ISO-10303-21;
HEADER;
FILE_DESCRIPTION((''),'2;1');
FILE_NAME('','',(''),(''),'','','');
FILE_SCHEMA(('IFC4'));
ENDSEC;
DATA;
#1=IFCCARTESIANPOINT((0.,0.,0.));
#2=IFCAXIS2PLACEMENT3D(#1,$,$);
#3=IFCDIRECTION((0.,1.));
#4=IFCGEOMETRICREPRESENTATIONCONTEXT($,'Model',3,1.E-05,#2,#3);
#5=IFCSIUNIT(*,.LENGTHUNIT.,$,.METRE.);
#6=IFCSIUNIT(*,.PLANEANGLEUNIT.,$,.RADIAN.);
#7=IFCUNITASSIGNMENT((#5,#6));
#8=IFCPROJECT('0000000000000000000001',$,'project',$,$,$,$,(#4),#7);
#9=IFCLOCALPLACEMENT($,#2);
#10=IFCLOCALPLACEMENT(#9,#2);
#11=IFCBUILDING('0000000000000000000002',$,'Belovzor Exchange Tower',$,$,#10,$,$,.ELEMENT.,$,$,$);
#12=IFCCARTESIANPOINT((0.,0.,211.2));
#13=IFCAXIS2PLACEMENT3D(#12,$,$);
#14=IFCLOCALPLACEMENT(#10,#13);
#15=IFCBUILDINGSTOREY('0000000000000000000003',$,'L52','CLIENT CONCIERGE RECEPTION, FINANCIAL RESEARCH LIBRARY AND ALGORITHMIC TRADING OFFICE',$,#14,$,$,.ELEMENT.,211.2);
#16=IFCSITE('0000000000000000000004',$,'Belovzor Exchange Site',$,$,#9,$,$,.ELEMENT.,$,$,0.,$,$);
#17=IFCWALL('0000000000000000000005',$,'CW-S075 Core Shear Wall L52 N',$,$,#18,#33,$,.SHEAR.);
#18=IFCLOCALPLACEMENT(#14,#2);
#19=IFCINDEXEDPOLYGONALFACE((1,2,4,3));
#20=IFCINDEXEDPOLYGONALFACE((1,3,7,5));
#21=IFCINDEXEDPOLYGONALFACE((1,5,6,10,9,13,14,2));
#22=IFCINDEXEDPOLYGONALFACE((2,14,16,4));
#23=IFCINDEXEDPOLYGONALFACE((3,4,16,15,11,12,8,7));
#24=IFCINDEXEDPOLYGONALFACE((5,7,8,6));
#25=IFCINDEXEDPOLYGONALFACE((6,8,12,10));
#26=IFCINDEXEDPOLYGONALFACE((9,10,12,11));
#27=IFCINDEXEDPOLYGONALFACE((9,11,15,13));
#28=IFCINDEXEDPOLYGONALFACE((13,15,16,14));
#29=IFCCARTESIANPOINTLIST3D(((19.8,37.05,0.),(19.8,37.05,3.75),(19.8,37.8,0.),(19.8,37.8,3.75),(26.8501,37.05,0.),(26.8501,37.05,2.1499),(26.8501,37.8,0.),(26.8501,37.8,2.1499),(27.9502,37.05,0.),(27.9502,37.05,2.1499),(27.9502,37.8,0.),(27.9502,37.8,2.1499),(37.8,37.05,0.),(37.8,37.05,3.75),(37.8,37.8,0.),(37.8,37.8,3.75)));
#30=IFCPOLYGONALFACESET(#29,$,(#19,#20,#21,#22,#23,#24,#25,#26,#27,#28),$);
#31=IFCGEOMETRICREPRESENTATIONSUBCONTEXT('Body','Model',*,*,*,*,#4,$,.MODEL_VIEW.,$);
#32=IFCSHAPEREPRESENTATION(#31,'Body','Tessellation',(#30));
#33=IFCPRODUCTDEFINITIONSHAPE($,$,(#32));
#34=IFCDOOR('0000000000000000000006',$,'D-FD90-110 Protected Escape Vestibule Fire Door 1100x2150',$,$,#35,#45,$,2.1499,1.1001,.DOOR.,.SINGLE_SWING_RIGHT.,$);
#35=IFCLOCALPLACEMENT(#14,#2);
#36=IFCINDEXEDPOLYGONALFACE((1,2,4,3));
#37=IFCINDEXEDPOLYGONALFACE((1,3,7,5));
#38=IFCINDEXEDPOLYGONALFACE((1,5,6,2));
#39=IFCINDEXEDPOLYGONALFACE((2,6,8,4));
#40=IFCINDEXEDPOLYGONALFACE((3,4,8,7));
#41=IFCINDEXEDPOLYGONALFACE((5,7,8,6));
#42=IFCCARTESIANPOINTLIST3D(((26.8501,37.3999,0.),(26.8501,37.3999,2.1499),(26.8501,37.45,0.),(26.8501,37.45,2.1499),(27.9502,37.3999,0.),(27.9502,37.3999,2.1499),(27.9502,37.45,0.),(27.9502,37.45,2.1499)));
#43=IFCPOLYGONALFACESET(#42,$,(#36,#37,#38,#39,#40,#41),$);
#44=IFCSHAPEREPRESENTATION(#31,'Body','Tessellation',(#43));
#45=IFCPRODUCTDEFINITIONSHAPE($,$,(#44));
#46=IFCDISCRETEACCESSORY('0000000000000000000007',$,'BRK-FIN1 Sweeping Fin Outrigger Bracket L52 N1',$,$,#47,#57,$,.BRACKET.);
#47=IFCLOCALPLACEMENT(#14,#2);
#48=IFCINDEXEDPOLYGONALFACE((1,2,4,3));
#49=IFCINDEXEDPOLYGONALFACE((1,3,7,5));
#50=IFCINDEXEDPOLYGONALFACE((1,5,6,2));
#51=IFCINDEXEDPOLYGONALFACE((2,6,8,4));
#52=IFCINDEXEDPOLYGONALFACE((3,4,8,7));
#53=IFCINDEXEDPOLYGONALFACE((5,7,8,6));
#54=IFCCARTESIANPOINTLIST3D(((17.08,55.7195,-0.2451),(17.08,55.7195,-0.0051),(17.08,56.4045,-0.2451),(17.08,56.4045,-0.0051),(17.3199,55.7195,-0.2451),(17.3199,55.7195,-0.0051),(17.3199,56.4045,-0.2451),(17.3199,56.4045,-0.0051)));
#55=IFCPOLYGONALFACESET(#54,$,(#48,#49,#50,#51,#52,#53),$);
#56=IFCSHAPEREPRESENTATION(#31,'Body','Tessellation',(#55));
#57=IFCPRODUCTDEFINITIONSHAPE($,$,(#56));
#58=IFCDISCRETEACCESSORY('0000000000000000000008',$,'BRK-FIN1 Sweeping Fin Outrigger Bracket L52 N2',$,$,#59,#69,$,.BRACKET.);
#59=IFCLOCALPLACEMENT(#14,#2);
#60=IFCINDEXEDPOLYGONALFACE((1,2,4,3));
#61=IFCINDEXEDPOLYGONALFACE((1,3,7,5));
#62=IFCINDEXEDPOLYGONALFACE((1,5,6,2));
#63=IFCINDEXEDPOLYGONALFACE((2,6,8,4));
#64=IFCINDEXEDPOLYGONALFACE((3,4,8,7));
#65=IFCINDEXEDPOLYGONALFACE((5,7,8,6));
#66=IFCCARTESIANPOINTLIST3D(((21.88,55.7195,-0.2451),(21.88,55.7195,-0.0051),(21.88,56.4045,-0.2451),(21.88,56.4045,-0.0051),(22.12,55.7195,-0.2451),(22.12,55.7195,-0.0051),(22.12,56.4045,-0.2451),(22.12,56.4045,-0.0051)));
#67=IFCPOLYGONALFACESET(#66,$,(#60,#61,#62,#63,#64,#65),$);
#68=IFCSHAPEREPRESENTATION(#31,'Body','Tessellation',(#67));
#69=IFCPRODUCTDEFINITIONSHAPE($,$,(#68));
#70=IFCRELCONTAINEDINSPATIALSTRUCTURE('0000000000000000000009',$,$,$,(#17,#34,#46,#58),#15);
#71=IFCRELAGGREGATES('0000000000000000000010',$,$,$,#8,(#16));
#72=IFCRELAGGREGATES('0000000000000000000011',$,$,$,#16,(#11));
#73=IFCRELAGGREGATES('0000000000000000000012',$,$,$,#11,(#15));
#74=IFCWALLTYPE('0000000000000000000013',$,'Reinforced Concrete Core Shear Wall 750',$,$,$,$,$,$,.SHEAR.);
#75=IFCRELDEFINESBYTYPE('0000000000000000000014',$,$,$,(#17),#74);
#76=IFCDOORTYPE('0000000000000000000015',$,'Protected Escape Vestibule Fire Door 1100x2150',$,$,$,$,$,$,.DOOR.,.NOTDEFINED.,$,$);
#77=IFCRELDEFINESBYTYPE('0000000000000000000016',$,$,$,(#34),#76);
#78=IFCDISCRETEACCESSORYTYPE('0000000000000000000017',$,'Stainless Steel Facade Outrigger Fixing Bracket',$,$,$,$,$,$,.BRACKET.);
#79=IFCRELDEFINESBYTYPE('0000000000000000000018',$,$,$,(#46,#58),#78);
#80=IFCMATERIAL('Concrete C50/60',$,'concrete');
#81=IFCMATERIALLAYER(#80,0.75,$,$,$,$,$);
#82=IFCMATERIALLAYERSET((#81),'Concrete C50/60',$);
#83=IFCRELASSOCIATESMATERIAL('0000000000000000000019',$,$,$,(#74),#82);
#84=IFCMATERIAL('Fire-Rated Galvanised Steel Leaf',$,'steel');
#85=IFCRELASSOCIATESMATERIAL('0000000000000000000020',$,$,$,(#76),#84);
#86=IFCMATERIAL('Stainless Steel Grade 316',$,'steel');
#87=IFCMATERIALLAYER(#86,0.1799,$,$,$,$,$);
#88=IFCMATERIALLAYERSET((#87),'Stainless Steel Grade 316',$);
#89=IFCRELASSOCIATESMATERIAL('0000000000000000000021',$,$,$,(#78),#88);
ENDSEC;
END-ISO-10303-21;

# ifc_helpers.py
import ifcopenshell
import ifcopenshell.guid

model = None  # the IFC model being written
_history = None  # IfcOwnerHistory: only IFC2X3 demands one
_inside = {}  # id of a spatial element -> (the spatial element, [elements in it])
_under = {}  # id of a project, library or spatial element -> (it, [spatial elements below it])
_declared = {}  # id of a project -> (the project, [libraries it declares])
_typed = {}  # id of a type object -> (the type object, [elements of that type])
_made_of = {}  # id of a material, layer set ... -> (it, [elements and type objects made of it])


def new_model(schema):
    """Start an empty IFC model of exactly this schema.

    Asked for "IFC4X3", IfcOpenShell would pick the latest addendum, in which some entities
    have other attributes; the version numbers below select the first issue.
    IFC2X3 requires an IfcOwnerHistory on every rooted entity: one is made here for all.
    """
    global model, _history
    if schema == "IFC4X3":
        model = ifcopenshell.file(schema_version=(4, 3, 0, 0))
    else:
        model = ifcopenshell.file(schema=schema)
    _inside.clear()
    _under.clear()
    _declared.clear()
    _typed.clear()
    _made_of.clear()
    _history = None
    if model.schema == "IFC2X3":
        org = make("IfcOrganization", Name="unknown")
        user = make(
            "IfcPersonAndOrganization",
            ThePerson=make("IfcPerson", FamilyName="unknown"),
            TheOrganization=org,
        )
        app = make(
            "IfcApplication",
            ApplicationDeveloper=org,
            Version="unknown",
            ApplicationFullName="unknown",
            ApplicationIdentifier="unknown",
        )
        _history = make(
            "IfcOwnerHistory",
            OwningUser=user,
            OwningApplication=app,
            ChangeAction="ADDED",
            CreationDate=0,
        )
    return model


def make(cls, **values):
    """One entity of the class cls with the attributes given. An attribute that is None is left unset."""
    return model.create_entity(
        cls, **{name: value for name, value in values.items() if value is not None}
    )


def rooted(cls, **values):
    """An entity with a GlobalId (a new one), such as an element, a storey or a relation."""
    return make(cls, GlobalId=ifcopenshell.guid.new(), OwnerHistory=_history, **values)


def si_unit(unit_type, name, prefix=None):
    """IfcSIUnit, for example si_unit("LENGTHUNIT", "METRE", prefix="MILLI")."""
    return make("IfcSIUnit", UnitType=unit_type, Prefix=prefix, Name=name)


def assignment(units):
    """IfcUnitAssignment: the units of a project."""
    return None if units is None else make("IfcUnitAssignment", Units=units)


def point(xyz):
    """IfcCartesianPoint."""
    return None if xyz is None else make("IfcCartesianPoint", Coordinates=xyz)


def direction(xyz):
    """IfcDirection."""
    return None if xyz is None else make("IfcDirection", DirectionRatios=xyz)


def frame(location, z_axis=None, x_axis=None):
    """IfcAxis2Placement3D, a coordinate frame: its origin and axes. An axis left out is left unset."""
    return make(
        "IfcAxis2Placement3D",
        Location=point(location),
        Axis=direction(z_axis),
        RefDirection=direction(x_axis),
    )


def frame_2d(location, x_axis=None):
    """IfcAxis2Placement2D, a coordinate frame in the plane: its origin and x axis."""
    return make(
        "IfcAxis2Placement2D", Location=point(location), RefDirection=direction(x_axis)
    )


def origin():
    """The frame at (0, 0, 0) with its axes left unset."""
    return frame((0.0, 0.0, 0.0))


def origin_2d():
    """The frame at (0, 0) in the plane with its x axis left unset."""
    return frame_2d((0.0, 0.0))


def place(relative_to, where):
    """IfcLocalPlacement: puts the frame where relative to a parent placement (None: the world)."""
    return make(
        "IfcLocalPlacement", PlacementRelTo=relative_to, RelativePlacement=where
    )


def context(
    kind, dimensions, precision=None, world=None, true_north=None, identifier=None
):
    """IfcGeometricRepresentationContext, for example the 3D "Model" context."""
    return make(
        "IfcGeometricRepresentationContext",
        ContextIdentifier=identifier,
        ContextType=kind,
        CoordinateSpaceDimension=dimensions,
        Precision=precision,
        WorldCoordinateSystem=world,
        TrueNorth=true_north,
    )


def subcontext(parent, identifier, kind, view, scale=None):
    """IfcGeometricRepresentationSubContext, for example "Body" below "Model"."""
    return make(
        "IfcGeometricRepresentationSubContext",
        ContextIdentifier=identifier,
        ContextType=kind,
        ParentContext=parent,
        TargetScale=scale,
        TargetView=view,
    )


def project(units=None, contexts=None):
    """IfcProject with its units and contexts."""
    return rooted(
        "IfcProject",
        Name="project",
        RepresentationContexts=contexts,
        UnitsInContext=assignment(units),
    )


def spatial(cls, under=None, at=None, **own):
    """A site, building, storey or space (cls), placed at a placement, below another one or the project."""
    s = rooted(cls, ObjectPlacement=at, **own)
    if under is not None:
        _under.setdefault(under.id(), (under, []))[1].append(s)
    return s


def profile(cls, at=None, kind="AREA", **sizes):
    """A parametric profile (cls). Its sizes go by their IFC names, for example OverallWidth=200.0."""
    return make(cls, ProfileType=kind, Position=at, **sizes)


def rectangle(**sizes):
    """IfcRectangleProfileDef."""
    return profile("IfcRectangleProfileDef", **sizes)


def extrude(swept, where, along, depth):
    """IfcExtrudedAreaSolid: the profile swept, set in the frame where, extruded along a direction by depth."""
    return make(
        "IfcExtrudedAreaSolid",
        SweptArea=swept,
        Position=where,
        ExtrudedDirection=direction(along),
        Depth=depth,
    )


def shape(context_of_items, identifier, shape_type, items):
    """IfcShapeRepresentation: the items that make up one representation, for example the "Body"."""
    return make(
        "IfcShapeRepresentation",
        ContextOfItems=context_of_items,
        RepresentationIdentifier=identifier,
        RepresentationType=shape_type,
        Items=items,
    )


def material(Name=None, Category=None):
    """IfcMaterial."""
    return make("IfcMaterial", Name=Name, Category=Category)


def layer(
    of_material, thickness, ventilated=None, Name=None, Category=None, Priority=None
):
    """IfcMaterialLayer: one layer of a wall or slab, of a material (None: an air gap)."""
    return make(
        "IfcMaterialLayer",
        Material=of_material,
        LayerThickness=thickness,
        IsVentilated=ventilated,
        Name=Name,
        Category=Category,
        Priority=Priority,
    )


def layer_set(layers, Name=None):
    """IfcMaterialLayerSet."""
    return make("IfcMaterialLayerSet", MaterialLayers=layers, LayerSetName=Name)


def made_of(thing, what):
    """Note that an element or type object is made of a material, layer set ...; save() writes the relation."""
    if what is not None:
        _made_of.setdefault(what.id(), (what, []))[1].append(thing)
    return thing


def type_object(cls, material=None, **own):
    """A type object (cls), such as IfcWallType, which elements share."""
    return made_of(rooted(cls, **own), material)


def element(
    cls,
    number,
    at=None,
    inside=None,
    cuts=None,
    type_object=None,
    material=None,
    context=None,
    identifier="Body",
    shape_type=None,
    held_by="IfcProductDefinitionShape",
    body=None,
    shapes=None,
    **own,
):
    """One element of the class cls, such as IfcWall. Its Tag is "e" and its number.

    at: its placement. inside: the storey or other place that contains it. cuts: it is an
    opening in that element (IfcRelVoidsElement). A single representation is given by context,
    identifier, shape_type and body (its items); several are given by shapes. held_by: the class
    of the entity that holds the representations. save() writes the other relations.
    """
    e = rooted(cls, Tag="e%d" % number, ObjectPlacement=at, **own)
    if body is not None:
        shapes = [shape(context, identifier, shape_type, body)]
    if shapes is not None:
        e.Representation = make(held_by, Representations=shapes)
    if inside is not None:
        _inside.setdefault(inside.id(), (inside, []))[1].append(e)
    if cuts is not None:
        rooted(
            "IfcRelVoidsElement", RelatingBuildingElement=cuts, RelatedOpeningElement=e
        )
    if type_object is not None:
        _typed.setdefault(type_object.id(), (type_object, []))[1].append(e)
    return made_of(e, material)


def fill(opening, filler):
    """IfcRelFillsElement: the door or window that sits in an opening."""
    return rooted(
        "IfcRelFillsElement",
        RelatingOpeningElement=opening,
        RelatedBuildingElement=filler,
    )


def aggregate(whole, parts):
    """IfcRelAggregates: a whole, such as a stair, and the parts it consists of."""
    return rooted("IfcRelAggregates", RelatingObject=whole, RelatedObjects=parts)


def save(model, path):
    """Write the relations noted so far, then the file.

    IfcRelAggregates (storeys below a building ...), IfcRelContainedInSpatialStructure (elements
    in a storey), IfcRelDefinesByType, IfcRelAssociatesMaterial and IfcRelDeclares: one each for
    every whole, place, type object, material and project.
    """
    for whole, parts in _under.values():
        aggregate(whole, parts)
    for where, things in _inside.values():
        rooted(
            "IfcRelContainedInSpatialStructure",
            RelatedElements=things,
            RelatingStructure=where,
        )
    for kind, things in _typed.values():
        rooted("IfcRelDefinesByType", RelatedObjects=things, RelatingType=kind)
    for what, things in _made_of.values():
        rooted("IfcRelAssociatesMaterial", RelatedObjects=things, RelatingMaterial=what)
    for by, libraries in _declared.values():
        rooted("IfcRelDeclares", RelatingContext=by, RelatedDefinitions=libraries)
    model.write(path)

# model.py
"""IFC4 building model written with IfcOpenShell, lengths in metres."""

from ifc_helpers import new_model, si_unit, direction, frame, frame_2d, origin, origin_2d, place, context, subcontext, project, spatial, rectangle, extrude, material, layer, layer_set, type_object, element, fill, save


model = new_model("IFC4")

# Units and contexts
model_context = context("Model", 3, precision=1e-05, world=origin(), true_north=direction((0.0, 1.0)))
body_context = subcontext(model_context, "Body", "Model", "MODEL_VIEW")
ifc_project = project(units=[si_unit("LENGTHUNIT", "METRE"), si_unit("PLANEANGLEUNIT", "RADIAN")], contexts=[model_context])

# Site, building, storey
site_placement = place(None, origin())
site = spatial("IfcSite", under=ifc_project, at=site_placement, Name="Belovzor Exchange Site", CompositionType="ELEMENT", RefElevation=0.0)
building_placement = place(site_placement, origin())
building = spatial("IfcBuilding", under=site, at=building_placement, Name="Belovzor Exchange Tower", CompositionType="ELEMENT")
storey_placement = place(building_placement, frame((0.0, 0.0, 211.2)))
storey = spatial("IfcBuildingStorey", under=building, at=storey_placement, Name="L52", Description="CLIENT CONCIERGE RECEPTION, FINANCIAL RESEARCH LIBRARY AND ALGORITHMIC TRADING OFFICE", CompositionType="ELEMENT", Elevation=211.2)

# Wall, opening, door
ifc_material_1 = material(Name="Concrete C50/60", Category="concrete")
ifc_layer_1 = layer(ifc_material_1, 0.75)
ifc_layer_set_1 = layer_set([ifc_layer_1], Name="Concrete C50/60")
wall_type_1 = type_object("IfcWallType", Name="Reinforced Concrete Core Shear Wall 750", PredefinedType="SHEAR", material=ifc_layer_set_1)
wall_1_placement = place(storey_placement, frame((19.8, 37.425, 0.0), z_axis=(0.0, 0.0, 1.0), x_axis=(1.0, 0.0, 0.0)))
wall_1 = element("IfcWall", 1, at=wall_1_placement, inside=storey, type_object=wall_type_1, Name="CW-S075 Core Shear Wall L52 N", PredefinedType="SHEAR", context=body_context, shape_type="SweptSolid", body=[
    extrude(rectangle(XDim=18.0, YDim=0.75, at=frame_2d((9.0, 0.0))), origin(), (0.0, 0.0, 1.0), 3.75),
])
opening_1_placement = place(wall_1_placement, frame((7.05, 0.0, 0.0)))
opening_1 = element("IfcOpeningElement", 2, at=opening_1_placement, cuts=wall_1, PredefinedType="OPENING", context=body_context, shape_type="SweptSolid", body=[
    extrude(rectangle(XDim=1.1001, YDim=2.1499, at=frame_2d((0.55, 1.075))), frame((0.0, 0.385, 0.0), z_axis=(0.0, -1.0, 0.0), x_axis=(1.0, 0.0, 0.0)), (0.0, 0.0, 1.0), 0.77),
])
ifc_material_2 = material(Name="Fire-Rated Galvanised Steel Leaf", Category="steel")
door_type_1 = type_object("IfcDoorType", Name="Protected Escape Vestibule Fire Door 1100x2150", OperationType="NOTDEFINED", PredefinedType="DOOR", material=ifc_material_2)
door_1_placement = place(opening_1_placement, origin())
door_1 = element("IfcDoor", 3, at=door_1_placement, inside=storey, type_object=door_type_1, Name="D-FD90-110 Protected Escape Vestibule Fire Door 1100x2150", OperationType="SINGLE_SWING_RIGHT", OverallHeight=2.1499, OverallWidth=1.1001, PredefinedType="DOOR", context=body_context, shape_type="SweptSolid", body=[
    extrude(rectangle(XDim=1.1001, YDim=2.1499, at=frame_2d((0.55, 1.075))), frame((0.0, 0.0249, 0.0), z_axis=(0.0, -1.0, 0.0), x_axis=(1.0, 0.0, 0.0)), (0.0, 0.0, 1.0), 0.05),
])
fill(opening_1, door_1)

# Discrete accessories
ifc_material_3 = material(Name="Stainless Steel Grade 316", Category="steel")
ifc_layer_2 = layer(ifc_material_3, 0.1799)
ifc_layer_set_2 = layer_set([ifc_layer_2], Name="Stainless Steel Grade 316")
discrete_accessory_type = type_object("IfcDiscreteAccessoryType", Name="Stainless Steel Facade Outrigger Fixing Bracket", PredefinedType="BRACKET", material=ifc_layer_set_2)
for number, where, z_axis, x_axis, name in (
    (4, (17.2, 56.062, -0.2451), (0.0, 0.0, 1.0), (0.0, 1.0, 0.0), "BRK-FIN1 Sweeping Fin Outrigger Bracket L52 N1"),
    (5, (22.0, 56.062, -0.2451), (0.0, 0.0, 1.0), (0.0, 1.0, 0.0), "BRK-FIN1 Sweeping Fin Outrigger Bracket L52 N2"),
):
    element("IfcDiscreteAccessory", number, at=place(storey_placement, frame(where, z_axis=z_axis, x_axis=x_axis)), inside=storey, type_object=discrete_accessory_type, Name=name, PredefinedType="BRACKET", context=body_context, shape_type="SweptSolid", body=[
        extrude(rectangle(XDim=0.6851, YDim=0.24, at=origin_2d()), origin(), (0.0, 0.0, 1.0), 0.24),
    ])

save(model, "model.ifc")
